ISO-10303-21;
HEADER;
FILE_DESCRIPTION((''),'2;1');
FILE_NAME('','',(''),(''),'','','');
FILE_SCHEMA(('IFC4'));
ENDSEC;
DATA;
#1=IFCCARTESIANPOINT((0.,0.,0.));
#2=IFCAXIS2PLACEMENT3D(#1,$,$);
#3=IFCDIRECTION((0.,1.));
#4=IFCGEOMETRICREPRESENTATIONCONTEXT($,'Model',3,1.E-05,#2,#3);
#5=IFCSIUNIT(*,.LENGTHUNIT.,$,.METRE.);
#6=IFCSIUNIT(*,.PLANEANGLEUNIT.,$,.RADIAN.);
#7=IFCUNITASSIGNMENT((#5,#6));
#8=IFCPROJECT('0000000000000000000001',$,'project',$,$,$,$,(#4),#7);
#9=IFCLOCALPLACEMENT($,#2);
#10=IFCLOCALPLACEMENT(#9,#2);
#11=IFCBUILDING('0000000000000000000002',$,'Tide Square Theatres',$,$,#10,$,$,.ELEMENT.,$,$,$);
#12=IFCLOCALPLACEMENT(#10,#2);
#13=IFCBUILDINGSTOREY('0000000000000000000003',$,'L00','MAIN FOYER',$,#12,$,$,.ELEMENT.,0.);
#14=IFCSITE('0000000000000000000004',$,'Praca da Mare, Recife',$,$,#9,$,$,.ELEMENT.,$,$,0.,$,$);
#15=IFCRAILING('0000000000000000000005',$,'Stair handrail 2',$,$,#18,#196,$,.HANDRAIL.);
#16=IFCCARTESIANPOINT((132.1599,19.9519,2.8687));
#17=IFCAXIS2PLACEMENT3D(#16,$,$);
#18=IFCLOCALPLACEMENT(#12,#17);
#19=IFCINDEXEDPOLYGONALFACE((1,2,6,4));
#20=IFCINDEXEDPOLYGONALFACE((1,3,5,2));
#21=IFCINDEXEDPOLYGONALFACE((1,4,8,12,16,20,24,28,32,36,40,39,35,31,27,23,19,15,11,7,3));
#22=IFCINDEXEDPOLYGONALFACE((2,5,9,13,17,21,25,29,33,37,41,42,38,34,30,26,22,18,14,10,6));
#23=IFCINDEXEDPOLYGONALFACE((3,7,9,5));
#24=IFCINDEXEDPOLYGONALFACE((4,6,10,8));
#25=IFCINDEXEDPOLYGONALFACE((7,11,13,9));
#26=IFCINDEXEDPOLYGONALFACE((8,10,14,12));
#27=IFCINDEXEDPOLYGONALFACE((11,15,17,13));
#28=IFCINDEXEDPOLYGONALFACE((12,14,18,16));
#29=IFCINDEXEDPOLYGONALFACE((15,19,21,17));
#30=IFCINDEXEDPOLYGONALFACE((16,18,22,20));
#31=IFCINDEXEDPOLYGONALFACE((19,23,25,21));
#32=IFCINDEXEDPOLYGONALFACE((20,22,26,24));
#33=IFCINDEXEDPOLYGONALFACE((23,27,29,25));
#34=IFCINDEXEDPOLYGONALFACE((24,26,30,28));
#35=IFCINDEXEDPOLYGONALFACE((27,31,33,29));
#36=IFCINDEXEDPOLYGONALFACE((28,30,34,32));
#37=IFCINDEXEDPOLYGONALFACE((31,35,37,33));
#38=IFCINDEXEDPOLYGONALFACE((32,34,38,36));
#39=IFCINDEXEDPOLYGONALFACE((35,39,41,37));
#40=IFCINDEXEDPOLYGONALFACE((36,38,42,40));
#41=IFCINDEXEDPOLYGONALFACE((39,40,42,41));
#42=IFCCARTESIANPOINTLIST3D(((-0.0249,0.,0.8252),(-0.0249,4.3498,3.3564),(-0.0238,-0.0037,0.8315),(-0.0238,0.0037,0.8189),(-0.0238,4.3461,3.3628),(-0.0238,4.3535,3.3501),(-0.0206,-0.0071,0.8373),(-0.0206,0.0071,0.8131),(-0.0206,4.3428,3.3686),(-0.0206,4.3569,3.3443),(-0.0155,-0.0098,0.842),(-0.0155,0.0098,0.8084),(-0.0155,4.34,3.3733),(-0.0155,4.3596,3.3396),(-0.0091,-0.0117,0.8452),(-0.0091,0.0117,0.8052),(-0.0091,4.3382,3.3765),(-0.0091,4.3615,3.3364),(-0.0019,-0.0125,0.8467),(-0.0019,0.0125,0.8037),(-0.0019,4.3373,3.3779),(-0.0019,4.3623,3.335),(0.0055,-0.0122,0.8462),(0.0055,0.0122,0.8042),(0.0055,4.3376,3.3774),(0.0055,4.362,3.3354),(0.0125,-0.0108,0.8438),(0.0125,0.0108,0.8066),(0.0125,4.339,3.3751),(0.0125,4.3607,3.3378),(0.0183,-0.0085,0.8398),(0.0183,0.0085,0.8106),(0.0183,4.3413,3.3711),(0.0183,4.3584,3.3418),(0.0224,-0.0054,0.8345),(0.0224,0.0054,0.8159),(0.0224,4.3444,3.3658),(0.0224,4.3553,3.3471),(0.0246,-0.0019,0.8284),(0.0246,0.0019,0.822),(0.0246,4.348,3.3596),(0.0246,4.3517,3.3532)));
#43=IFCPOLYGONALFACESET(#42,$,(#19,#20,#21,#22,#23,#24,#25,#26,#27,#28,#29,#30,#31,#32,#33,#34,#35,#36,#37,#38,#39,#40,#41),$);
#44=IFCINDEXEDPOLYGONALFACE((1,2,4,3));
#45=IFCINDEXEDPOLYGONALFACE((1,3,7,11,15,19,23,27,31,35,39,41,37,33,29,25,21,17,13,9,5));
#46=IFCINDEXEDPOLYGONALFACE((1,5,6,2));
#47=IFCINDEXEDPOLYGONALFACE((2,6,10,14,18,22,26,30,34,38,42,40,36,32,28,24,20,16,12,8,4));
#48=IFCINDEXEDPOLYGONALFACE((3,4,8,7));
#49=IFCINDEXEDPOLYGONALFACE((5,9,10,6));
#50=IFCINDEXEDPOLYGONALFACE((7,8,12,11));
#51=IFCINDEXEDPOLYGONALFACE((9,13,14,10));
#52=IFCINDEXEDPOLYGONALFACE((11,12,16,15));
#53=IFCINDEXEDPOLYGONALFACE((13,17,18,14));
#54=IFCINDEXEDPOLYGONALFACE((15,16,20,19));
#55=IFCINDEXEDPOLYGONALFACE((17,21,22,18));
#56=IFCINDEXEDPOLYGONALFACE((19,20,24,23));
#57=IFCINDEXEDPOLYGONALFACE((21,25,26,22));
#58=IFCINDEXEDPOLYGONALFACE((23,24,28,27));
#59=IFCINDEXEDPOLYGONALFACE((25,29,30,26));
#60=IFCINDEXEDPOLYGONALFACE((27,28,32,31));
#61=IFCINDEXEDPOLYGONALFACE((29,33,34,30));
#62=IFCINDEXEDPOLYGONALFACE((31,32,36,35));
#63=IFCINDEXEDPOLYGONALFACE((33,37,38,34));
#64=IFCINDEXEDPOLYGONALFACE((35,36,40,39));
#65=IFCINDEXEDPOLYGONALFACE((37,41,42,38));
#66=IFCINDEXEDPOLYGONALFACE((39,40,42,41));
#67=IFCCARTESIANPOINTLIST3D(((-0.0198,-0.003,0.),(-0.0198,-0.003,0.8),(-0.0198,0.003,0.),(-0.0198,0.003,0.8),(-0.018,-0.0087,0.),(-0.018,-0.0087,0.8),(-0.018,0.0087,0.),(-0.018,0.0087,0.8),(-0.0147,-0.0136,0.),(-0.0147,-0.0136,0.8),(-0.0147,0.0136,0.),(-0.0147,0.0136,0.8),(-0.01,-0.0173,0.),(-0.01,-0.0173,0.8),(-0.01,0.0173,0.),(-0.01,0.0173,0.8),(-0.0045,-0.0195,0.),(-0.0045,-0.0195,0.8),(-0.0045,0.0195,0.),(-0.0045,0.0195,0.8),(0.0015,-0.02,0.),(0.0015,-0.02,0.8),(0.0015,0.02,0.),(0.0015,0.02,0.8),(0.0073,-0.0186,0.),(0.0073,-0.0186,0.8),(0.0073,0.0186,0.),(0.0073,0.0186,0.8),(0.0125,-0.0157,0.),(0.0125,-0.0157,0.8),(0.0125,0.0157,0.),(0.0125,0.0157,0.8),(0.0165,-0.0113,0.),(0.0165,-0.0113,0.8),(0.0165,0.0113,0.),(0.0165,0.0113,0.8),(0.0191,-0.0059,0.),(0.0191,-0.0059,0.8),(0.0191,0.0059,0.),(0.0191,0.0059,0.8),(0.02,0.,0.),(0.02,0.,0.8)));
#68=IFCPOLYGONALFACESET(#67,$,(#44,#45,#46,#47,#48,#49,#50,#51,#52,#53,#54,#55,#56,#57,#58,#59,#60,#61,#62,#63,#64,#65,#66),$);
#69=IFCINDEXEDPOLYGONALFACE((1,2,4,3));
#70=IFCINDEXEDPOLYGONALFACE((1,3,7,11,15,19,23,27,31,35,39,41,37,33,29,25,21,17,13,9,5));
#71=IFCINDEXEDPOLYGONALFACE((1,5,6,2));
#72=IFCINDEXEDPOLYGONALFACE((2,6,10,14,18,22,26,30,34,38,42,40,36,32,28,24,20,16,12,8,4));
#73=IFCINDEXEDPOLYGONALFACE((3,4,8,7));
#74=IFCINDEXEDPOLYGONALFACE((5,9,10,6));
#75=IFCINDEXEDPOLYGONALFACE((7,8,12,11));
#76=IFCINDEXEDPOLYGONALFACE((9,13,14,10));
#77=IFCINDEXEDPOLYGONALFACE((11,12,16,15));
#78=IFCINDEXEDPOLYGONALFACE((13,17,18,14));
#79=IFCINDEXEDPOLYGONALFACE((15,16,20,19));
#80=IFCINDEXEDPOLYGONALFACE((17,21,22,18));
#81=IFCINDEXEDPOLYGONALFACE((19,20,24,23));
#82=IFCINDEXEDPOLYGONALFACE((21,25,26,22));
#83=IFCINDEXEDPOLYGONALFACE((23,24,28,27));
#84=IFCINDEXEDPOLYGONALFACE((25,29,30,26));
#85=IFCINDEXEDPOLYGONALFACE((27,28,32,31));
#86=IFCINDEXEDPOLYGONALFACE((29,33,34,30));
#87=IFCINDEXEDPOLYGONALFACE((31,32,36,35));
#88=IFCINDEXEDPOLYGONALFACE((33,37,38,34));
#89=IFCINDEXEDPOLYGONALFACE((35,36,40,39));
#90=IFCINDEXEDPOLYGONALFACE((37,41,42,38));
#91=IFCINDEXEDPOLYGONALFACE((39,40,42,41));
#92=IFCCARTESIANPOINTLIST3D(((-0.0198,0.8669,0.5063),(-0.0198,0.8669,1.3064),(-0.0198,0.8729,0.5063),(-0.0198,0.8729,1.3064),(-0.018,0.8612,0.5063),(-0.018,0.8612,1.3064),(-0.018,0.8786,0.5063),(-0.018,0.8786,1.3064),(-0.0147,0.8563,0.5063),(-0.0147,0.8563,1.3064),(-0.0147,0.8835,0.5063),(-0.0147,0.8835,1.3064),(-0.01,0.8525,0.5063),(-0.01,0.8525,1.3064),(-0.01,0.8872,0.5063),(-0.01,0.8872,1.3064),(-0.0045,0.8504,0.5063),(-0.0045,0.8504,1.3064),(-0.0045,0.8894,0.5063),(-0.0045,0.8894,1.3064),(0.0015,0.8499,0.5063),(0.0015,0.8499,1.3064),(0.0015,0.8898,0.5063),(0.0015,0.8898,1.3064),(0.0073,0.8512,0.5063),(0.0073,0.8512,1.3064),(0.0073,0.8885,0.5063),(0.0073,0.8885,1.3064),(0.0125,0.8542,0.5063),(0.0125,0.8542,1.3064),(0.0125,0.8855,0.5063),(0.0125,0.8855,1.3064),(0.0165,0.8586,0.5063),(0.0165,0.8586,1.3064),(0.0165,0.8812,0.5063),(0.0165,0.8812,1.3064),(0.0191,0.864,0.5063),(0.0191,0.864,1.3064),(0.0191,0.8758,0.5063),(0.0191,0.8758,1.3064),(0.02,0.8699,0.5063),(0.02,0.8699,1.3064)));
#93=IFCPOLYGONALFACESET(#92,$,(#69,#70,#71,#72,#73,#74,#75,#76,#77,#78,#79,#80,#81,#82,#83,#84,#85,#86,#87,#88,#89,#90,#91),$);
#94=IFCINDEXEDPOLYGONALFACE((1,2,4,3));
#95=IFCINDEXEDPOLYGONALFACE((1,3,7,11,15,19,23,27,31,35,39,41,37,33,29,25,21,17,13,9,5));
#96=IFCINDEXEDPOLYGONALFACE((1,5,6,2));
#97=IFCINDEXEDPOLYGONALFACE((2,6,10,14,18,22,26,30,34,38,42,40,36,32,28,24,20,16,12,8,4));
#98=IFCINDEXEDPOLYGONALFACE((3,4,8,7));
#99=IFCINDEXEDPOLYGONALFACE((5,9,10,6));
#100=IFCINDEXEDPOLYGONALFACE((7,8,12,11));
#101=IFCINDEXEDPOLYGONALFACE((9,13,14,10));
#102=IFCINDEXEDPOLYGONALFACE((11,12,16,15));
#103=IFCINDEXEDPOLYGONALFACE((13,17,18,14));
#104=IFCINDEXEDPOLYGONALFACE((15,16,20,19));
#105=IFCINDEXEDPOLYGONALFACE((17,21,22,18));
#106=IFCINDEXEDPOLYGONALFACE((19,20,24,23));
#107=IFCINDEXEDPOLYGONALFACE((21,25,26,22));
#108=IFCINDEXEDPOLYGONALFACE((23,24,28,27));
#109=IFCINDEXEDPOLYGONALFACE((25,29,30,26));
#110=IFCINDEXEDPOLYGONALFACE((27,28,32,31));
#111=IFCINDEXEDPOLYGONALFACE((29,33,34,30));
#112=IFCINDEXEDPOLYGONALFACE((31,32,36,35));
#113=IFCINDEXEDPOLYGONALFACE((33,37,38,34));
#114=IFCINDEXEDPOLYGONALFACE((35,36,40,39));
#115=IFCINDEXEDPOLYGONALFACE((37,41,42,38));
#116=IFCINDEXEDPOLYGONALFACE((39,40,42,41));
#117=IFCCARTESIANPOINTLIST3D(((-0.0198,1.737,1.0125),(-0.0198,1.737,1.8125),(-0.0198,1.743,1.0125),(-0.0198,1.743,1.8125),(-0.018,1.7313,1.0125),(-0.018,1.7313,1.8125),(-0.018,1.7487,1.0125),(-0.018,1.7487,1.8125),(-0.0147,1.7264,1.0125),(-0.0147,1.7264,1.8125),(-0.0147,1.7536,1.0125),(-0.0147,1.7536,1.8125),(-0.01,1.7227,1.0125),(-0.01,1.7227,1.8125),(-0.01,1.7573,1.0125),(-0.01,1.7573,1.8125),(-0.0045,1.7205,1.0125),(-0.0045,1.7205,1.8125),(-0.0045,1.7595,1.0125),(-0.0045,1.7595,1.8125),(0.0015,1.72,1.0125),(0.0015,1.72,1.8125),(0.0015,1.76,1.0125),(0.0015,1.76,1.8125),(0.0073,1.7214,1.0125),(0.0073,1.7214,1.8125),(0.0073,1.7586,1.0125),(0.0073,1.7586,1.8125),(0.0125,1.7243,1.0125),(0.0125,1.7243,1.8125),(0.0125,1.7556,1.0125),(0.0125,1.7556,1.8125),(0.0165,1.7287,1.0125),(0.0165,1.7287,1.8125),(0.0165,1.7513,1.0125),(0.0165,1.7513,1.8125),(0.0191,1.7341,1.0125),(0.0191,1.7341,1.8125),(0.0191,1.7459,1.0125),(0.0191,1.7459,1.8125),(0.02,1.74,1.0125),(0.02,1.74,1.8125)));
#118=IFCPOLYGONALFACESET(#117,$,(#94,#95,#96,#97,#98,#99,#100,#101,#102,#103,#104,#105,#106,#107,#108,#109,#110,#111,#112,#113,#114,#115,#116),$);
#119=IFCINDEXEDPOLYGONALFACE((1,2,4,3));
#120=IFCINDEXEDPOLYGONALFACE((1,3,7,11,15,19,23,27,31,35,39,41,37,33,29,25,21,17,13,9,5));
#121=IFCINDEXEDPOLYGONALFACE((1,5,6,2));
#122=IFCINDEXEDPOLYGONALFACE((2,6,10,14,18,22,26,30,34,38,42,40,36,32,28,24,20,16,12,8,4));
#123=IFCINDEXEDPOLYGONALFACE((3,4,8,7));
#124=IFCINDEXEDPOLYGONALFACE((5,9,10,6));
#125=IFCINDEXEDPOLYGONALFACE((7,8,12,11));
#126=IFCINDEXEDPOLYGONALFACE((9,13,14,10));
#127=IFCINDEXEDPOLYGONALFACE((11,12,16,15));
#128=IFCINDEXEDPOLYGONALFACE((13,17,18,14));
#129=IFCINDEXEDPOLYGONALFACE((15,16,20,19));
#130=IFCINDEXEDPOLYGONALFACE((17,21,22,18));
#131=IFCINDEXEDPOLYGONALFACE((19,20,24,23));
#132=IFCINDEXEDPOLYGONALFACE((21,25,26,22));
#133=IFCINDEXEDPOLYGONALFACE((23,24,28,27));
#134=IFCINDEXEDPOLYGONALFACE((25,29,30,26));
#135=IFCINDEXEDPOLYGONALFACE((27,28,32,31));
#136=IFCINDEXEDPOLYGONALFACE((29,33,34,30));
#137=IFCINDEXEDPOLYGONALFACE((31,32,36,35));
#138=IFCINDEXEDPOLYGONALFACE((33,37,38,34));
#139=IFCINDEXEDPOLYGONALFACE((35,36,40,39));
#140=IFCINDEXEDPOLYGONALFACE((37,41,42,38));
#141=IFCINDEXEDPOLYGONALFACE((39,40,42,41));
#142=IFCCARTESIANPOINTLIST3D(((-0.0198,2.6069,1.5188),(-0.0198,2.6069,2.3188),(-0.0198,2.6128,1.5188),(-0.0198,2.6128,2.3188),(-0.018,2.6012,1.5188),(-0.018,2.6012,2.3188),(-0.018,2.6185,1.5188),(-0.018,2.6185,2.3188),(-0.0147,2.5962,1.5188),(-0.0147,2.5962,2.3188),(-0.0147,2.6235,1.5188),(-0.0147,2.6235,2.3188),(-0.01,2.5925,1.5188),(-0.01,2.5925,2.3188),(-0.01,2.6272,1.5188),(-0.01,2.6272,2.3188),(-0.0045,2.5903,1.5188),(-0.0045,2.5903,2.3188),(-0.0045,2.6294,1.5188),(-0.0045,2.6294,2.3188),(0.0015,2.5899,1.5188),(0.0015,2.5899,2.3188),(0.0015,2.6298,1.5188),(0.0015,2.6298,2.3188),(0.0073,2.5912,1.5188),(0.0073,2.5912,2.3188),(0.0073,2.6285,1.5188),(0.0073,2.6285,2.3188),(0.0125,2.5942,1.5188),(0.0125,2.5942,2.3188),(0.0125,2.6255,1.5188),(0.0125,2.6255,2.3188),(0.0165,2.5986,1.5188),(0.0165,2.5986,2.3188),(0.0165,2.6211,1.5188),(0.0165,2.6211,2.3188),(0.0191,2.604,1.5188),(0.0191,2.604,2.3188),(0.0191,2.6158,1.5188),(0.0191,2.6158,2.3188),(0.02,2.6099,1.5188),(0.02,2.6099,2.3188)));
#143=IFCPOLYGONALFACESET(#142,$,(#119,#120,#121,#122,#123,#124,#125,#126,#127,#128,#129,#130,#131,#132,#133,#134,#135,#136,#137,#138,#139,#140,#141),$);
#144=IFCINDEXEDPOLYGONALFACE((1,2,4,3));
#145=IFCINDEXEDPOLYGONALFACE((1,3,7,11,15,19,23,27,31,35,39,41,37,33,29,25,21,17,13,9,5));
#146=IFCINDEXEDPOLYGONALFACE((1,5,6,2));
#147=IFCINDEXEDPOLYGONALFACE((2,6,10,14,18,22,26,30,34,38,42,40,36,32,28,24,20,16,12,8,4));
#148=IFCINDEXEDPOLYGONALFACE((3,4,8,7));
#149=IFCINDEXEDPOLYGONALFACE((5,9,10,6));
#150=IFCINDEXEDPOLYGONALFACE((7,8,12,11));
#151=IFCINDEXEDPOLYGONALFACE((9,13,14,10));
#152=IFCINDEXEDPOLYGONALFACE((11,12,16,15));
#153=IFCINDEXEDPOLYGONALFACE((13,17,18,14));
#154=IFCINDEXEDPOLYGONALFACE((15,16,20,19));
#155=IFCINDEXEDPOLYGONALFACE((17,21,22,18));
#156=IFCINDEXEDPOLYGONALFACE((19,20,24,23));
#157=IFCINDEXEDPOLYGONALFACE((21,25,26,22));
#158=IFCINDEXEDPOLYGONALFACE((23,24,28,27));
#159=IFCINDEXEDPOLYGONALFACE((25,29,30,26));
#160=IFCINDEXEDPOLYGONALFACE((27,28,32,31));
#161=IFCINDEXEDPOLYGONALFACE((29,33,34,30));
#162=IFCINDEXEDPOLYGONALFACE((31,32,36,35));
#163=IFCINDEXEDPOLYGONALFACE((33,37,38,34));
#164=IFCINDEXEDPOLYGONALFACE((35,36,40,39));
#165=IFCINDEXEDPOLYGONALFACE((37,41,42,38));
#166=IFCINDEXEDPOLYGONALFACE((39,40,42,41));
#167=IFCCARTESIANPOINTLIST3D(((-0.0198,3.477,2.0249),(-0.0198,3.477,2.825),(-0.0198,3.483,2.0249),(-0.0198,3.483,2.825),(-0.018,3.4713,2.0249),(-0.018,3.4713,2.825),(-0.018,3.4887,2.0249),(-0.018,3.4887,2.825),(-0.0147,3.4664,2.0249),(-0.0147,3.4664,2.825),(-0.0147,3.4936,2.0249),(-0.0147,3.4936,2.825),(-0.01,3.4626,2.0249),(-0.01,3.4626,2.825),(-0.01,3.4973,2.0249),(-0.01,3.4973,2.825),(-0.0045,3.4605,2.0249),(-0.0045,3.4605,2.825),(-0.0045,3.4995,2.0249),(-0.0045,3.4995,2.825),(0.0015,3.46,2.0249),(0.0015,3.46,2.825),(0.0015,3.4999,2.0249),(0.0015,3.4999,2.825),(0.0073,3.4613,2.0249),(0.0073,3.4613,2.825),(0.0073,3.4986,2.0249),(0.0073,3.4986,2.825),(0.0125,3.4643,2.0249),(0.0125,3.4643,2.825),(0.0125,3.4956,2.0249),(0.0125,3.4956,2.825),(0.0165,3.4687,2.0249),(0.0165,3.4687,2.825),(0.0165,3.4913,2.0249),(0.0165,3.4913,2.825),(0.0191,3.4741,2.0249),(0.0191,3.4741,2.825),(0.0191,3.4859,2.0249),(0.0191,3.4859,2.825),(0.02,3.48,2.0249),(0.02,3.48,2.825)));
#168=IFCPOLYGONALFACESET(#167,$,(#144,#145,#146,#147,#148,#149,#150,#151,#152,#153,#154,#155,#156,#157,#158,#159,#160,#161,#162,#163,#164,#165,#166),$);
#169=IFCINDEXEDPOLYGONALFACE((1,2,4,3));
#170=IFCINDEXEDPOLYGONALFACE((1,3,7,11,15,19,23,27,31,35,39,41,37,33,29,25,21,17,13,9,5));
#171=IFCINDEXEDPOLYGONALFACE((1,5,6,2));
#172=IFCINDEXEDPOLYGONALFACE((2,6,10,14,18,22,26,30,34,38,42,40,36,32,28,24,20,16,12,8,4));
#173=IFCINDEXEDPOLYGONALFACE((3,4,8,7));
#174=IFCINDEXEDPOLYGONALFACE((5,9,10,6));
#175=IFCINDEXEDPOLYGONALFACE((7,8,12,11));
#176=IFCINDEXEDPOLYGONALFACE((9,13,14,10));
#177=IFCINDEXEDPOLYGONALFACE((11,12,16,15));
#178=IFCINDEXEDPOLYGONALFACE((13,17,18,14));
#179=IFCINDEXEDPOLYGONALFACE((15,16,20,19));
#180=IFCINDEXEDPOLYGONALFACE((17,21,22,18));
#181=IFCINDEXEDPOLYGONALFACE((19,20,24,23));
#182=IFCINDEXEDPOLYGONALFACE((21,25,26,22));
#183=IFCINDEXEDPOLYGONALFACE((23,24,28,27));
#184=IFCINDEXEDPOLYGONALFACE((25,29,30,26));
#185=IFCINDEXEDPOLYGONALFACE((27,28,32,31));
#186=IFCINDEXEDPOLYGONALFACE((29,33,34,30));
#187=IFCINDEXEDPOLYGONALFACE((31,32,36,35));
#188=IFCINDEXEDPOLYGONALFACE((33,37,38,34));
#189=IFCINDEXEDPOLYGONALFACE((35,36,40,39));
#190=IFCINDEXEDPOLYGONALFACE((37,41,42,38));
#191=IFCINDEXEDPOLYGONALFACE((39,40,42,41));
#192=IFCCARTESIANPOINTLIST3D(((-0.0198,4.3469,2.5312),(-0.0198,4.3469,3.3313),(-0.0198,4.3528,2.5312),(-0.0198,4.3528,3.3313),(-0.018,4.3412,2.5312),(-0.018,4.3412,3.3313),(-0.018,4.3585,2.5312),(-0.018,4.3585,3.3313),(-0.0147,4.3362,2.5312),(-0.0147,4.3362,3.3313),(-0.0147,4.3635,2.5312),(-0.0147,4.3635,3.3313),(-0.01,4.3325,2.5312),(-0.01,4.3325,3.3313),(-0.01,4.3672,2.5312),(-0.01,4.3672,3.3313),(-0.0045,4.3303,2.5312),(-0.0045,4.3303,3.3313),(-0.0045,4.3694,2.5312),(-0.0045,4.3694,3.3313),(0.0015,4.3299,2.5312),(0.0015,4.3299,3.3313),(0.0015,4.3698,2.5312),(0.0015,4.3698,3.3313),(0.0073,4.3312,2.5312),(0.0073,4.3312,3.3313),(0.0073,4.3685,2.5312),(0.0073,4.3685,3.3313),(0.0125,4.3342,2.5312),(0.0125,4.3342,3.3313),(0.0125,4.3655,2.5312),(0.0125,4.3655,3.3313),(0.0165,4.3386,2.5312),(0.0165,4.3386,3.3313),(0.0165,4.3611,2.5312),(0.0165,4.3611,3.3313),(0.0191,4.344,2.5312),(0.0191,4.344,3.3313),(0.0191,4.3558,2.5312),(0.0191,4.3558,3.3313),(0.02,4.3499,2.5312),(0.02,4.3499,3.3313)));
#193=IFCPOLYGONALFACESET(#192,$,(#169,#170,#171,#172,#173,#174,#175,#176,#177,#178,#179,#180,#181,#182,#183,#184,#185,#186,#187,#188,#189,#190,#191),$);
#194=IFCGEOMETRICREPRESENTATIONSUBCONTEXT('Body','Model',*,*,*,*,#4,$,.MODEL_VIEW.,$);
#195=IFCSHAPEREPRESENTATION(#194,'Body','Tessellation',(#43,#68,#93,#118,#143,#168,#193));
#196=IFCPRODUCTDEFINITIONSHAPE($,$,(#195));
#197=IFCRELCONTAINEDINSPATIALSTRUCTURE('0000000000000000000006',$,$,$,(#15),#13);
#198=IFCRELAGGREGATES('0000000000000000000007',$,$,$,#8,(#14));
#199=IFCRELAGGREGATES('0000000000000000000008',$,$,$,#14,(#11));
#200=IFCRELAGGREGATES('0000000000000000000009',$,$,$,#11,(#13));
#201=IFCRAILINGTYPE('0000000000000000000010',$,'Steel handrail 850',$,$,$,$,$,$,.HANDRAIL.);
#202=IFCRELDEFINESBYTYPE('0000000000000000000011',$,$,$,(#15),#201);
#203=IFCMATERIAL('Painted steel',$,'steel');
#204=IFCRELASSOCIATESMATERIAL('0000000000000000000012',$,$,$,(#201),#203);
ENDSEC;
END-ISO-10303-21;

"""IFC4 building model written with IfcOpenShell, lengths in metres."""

from ifc_helpers import new_model, si_unit, direction, frame, origin, origin_2d, place, context, subcontext, project, spatial, circle, extrude, material, type_object, element, save


model = new_model("IFC4")

# Units and contexts
model_context = context("Model", 3, precision=1e-05, world=origin(), true_north=direction((0.0, 1.0)))
body_context = subcontext(model_context, "Body", "Model", "MODEL_VIEW")
ifc_project = project(units=[si_unit("LENGTHUNIT", "METRE"), si_unit("PLANEANGLEUNIT", "RADIAN")], contexts=[model_context])

# Site, building, storey
site_placement = place(None, origin())
site = spatial("IfcSite", under=ifc_project, at=site_placement, Name="Praca da Mare, Recife", CompositionType="ELEMENT", RefElevation=0.0)
building_placement = place(site_placement, origin())
building = spatial("IfcBuilding", under=site, at=building_placement, Name="Tide Square Theatres", CompositionType="ELEMENT")
storey_placement = place(building_placement, origin())
storey = spatial("IfcBuildingStorey", under=building, at=storey_placement, Name="L00", Description="MAIN FOYER", CompositionType="ELEMENT", Elevation=0.0)

# Railing
ifc_material_1 = material(Name="Painted steel", Category="steel")
railing_type = type_object("IfcRailingType", Name="Steel handrail 850", PredefinedType="HANDRAIL", material=ifc_material_1)
for number, where, name in (
    (1, (132.1599, 19.9519, 2.8687), "Stair handrail 2"),
):
    element("IfcRailing", number, at=place(storey_placement, frame(where)), inside=storey, type_object=railing_type, Name=name, PredefinedType="HANDRAIL", context=body_context, shape_type="SweptSolid", body=[
        extrude(circle(Radius=0.0249, at=origin_2d()), frame((0.0, 0.0, 0.8252), z_axis=(0.0, 0.864312, 0.502957), x_axis=(-1.0, 0.0, 0.0)), (0.0, 0.0, 1.0), 5.0327),
        extrude(circle(Radius=0.02, at=origin_2d()), origin(), (0.0, 0.0, 1.0), 0.8),
        extrude(circle(Radius=0.02, at=origin_2d()), frame((0.0, 0.8699, 0.5063)), (0.0, 0.0, 1.0), 0.8),
        extrude(circle(Radius=0.02, at=origin_2d()), frame((0.0, 1.74, 1.0125)), (0.0, 0.0, 1.0), 0.8),
        extrude(circle(Radius=0.02, at=origin_2d()), frame((0.0, 2.6099, 1.5188)), (0.0, 0.0, 1.0), 0.8),
        extrude(circle(Radius=0.02, at=origin_2d()), frame((0.0, 3.48, 2.0249)), (0.0, 0.0, 1.0), 0.8),
        extrude(circle(Radius=0.02, at=origin_2d()), frame((0.0, 4.3499, 2.5312)), (0.0, 0.0, 1.0), 0.8),
    ])

save(model, "model.ifc")
